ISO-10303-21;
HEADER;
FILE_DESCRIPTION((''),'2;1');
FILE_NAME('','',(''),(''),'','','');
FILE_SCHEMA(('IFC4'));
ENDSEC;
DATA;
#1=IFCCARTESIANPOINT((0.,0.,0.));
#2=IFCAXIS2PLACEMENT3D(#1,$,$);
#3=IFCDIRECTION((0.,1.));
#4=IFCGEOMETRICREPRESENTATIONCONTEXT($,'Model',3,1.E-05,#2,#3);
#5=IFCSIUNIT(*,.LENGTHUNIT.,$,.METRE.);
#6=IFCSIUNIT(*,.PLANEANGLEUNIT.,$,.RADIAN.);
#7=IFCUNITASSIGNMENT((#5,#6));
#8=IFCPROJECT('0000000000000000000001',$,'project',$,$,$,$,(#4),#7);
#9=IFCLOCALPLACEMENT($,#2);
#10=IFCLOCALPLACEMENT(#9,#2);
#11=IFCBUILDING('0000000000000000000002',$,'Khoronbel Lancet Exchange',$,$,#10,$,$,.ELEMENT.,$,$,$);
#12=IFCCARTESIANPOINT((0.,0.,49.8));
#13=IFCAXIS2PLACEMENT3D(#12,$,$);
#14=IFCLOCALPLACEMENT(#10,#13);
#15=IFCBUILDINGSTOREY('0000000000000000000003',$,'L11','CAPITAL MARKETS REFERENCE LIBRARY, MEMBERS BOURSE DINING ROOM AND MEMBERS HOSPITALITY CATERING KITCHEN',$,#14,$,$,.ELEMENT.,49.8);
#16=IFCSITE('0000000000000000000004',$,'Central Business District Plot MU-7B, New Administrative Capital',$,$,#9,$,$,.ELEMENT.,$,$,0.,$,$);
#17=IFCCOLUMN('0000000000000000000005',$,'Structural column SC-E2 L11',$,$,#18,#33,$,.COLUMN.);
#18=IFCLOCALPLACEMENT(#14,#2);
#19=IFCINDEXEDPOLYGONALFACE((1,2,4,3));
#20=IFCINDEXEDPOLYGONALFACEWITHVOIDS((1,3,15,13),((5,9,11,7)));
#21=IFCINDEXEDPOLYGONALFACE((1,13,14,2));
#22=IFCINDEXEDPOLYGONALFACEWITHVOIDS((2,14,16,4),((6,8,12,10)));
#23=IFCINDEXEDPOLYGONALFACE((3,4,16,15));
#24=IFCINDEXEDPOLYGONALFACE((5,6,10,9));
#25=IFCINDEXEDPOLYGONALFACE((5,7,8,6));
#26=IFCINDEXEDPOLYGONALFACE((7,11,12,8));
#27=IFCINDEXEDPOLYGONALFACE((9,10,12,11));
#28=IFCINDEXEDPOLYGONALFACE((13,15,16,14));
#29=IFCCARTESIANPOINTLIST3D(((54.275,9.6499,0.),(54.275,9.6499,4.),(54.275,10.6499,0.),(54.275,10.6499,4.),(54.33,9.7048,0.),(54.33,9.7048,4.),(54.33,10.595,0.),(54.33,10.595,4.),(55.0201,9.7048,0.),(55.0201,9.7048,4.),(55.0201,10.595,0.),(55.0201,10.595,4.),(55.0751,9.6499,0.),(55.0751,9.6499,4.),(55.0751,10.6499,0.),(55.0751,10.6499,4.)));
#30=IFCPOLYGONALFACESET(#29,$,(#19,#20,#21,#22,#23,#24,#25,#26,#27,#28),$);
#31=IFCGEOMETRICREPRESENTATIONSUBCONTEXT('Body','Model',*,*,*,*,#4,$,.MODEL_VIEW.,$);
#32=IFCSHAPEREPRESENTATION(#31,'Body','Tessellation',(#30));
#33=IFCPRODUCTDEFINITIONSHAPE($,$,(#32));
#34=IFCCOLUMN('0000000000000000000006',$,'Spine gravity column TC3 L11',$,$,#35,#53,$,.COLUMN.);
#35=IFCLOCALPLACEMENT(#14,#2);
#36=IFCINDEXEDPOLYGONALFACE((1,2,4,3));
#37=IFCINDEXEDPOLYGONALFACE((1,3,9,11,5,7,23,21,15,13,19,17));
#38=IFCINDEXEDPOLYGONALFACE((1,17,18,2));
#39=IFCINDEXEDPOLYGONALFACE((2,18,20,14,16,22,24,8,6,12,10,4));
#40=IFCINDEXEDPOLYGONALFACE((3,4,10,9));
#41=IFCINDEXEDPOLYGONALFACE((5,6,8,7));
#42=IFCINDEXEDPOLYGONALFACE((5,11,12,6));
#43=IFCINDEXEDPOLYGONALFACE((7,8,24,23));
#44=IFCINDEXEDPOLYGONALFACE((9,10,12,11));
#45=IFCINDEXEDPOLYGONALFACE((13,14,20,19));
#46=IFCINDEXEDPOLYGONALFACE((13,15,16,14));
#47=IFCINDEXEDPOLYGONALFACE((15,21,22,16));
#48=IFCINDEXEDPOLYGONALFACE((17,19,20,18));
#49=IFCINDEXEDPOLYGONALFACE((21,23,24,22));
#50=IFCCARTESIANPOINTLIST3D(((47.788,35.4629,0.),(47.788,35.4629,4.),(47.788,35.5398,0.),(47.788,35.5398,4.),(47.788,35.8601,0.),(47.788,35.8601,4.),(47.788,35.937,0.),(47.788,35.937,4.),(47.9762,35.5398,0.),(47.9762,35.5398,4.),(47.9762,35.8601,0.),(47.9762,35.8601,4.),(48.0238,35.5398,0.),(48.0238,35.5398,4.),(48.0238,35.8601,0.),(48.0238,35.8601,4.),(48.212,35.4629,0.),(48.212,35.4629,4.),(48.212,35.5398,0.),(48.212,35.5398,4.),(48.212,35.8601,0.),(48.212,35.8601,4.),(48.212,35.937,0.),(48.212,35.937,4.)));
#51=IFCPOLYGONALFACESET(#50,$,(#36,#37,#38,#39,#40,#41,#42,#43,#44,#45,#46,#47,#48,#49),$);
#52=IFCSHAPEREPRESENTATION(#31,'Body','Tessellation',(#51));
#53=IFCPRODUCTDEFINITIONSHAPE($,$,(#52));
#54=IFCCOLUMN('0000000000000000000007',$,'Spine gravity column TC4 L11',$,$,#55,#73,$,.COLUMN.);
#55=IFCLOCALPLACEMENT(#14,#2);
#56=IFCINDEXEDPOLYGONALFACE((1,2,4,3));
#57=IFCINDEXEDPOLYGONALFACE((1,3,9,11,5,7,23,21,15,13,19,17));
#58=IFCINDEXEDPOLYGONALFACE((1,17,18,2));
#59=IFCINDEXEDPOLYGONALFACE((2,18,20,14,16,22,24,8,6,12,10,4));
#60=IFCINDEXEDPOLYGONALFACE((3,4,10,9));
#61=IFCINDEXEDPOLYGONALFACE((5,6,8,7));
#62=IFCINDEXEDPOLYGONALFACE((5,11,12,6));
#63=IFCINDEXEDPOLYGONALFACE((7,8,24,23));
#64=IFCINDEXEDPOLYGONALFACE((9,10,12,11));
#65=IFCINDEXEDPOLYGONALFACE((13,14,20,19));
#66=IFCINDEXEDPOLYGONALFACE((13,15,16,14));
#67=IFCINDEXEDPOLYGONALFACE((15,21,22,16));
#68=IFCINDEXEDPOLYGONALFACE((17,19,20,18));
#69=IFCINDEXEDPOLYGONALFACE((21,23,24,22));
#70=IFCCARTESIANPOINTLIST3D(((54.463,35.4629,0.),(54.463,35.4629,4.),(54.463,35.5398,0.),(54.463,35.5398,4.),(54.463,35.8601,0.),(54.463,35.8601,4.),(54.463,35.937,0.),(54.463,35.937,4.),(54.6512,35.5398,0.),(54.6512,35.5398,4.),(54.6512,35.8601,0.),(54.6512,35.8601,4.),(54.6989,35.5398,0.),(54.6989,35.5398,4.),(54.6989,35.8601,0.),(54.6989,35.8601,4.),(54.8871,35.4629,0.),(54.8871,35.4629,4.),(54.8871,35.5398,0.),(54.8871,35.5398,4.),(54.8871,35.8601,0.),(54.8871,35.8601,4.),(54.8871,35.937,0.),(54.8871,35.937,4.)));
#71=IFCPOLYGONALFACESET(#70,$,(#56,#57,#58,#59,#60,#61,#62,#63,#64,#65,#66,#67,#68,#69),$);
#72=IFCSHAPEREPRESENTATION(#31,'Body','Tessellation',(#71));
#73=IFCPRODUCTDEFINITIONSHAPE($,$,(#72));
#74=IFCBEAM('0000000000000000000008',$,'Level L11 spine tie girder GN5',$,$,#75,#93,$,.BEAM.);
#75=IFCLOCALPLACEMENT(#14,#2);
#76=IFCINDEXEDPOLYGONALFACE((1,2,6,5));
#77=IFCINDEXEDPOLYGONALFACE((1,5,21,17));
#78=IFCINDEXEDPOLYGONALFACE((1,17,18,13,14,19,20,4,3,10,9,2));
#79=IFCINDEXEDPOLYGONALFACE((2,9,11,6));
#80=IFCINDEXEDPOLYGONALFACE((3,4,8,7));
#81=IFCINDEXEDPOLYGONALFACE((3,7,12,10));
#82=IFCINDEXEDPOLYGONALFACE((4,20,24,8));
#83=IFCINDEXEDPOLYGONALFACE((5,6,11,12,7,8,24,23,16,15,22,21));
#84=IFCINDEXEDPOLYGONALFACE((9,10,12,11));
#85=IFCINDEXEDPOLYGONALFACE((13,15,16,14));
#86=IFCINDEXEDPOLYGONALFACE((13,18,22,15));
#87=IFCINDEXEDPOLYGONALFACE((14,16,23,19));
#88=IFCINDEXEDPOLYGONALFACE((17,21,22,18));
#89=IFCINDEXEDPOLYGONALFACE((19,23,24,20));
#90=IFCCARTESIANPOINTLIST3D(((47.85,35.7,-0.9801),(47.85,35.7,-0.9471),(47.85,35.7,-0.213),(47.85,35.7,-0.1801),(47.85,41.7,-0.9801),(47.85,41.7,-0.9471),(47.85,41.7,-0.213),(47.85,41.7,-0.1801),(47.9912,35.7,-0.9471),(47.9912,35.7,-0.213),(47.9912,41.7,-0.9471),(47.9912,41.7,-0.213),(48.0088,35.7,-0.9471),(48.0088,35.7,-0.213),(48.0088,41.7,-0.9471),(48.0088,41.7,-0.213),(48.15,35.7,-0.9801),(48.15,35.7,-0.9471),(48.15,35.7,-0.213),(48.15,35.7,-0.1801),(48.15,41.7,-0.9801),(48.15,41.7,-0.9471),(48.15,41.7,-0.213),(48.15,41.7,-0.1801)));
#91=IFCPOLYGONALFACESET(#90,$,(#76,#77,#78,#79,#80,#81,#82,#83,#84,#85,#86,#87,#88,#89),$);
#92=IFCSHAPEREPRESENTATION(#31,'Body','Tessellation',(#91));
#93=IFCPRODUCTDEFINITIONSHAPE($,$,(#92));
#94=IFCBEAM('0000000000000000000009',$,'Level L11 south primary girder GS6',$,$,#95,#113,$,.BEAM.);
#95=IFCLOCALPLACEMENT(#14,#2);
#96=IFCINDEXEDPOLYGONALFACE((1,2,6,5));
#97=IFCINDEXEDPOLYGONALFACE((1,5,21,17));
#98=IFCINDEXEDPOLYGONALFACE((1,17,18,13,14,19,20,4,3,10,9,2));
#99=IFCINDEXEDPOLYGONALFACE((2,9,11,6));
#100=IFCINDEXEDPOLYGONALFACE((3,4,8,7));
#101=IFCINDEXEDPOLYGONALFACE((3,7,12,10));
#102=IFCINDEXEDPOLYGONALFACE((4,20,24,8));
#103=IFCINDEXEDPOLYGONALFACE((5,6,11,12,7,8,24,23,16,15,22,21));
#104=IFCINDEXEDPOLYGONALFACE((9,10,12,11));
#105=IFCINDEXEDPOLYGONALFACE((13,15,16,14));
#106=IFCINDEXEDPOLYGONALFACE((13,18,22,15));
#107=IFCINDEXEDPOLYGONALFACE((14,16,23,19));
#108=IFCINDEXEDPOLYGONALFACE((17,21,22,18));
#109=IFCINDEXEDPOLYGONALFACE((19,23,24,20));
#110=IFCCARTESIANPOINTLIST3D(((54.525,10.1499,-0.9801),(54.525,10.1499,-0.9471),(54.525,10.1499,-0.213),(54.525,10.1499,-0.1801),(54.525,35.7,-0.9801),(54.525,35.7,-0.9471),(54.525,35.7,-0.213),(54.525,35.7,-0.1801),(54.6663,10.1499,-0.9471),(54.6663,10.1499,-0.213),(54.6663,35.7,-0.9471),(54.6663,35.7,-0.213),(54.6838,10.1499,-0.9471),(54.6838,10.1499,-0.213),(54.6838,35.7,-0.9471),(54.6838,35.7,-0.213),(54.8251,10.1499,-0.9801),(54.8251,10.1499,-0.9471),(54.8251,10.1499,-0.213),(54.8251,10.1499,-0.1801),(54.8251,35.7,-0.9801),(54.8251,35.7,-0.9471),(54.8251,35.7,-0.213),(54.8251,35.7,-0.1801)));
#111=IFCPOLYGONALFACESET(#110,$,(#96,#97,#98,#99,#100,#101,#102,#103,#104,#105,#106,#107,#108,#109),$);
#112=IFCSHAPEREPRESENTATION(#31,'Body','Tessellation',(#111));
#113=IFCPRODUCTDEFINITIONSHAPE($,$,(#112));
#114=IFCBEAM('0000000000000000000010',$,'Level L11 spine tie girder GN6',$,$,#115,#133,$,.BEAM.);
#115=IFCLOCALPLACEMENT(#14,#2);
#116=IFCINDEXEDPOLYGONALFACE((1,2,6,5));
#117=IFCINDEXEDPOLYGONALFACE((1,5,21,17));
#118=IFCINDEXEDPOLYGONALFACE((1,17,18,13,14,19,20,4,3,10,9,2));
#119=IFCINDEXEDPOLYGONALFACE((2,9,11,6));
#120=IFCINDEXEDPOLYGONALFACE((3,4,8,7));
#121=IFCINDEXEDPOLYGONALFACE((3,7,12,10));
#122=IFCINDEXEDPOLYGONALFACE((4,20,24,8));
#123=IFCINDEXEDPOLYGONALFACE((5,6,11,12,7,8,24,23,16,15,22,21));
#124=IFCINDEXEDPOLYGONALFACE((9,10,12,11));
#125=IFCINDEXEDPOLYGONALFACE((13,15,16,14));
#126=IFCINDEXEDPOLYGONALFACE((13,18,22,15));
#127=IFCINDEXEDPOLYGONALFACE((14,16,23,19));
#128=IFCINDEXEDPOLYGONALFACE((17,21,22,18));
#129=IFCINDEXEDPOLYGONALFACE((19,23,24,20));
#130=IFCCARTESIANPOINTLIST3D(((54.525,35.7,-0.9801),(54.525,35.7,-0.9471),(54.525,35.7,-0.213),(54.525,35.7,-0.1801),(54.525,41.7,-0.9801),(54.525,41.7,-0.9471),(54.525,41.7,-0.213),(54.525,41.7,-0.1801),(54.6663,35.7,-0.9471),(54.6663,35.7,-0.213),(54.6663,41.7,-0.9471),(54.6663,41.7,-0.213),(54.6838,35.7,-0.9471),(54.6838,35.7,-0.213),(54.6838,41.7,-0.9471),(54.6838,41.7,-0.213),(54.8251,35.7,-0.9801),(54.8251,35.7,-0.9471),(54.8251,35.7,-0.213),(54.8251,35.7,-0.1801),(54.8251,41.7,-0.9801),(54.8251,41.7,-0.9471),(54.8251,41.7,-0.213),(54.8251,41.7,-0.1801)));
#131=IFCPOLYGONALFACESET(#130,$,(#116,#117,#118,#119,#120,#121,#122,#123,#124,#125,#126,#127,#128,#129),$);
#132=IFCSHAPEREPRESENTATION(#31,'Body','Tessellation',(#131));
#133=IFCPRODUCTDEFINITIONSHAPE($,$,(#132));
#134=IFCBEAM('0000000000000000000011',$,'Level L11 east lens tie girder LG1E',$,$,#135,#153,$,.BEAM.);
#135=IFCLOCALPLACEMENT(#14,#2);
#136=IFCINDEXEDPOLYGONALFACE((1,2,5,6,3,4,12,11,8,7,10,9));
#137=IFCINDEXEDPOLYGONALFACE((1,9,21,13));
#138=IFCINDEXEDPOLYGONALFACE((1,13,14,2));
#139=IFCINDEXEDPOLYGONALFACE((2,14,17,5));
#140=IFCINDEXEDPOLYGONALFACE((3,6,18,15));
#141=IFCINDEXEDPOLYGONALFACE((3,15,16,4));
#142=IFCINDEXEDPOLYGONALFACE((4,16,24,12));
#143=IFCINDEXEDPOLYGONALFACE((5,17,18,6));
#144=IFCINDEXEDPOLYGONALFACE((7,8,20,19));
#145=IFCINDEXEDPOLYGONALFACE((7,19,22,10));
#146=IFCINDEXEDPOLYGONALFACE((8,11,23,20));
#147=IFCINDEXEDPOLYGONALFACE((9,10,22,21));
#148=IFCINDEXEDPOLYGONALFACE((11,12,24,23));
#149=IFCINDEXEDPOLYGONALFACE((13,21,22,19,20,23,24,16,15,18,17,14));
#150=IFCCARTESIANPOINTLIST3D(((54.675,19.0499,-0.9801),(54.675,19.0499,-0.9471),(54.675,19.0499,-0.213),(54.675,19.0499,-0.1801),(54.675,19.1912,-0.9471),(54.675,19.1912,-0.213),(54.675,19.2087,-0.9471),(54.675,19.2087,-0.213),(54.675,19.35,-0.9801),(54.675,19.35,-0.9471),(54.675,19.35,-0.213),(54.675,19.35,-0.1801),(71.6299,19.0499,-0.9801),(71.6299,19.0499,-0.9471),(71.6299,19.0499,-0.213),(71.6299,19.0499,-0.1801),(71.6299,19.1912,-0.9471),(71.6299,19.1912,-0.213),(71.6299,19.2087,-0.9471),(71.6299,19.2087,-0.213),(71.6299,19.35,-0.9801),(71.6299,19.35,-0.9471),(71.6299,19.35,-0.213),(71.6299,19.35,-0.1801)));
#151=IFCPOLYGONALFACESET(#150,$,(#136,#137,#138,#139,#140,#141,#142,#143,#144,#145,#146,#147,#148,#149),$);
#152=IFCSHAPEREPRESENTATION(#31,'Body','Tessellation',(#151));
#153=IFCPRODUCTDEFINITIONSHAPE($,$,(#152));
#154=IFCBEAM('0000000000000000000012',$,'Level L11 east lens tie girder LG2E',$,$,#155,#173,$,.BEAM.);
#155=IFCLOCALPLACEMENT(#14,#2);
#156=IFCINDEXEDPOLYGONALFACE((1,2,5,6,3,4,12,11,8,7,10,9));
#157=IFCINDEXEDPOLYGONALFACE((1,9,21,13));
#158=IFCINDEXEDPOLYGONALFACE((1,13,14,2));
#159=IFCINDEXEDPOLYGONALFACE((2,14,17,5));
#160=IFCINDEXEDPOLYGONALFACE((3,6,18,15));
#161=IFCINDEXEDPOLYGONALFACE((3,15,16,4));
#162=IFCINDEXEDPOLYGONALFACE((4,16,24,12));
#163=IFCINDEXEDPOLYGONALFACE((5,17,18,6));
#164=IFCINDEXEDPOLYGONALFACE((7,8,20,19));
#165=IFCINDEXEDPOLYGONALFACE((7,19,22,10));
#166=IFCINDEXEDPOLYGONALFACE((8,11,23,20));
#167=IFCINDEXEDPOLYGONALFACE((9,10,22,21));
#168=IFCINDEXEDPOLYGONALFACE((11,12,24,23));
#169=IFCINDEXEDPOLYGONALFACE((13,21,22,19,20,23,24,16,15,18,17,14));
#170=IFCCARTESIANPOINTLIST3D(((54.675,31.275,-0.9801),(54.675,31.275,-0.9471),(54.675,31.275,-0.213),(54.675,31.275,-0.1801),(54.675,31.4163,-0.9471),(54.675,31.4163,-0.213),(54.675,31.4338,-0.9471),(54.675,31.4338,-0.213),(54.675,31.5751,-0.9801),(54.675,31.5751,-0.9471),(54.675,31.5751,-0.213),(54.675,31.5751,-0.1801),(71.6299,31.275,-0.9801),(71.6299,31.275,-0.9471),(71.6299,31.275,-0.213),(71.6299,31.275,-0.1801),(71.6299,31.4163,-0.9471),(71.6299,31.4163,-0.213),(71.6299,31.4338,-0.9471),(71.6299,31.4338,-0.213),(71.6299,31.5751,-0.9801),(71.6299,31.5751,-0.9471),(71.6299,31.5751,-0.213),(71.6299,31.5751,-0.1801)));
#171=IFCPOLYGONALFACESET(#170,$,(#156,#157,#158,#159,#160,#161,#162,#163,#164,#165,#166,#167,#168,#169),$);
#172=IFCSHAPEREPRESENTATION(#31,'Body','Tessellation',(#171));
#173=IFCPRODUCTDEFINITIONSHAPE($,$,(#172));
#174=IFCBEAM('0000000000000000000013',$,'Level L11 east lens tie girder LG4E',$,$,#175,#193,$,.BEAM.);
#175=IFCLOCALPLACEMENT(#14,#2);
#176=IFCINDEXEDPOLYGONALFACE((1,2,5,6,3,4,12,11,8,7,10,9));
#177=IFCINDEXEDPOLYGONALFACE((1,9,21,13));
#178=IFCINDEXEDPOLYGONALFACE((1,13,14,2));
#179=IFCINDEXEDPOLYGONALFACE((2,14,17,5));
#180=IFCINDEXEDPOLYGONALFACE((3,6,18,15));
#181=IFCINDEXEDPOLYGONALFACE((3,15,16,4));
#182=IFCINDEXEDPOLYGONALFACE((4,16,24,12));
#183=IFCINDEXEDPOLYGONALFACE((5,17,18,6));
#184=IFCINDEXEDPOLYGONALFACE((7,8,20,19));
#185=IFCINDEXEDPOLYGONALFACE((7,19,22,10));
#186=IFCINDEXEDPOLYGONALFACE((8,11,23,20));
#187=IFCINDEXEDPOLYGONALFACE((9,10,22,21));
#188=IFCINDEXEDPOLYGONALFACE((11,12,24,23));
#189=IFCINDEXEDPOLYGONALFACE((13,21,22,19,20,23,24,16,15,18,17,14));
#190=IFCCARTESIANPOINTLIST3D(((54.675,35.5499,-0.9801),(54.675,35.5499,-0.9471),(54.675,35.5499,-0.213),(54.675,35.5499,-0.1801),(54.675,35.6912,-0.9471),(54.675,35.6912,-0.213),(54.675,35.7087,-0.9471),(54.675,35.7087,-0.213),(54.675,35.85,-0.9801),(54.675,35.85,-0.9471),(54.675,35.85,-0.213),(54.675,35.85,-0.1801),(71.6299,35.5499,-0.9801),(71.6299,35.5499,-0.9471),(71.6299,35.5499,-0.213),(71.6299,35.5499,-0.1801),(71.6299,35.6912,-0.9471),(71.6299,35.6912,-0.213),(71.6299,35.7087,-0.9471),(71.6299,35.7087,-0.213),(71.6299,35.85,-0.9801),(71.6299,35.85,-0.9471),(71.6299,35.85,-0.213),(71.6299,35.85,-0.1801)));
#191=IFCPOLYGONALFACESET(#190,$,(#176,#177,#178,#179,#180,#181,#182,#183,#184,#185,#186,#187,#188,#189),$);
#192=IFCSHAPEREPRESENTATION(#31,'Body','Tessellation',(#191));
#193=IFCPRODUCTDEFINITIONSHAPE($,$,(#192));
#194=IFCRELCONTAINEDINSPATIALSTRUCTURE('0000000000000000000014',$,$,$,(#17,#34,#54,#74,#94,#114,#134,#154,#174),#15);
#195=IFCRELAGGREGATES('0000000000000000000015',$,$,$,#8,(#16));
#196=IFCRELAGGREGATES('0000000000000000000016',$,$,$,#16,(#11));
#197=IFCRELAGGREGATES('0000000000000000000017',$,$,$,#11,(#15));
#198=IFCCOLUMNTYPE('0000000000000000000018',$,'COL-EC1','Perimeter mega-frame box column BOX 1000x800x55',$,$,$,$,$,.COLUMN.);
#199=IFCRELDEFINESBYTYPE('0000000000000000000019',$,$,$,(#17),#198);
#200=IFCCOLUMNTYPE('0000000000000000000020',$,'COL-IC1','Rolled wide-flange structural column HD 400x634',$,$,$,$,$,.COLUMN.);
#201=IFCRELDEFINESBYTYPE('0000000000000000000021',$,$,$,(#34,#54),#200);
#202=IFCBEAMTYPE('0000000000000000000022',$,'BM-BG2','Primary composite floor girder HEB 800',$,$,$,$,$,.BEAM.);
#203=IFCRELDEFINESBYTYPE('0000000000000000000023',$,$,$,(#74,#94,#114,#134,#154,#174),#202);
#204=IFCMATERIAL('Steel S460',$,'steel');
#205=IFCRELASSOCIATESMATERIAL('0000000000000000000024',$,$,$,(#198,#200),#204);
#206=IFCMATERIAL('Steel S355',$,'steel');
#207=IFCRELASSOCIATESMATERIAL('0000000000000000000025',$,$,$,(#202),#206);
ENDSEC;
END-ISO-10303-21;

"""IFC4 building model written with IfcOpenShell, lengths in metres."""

from ifc_helpers import new_model, si_unit, direction, frame, origin, origin_2d, place, context, subcontext, project, spatial, hollow_rectangle, i_section, extrude, material, material_profile, profile_set, type_object, element, save


model = new_model("IFC4")

# Units and contexts
model_context = context("Model", 3, precision=1e-05, world=origin(), true_north=direction((0.0, 1.0)))
body_context = subcontext(model_context, "Body", "Model", "MODEL_VIEW")
ifc_project = project(units=[si_unit("LENGTHUNIT", "METRE"), si_unit("PLANEANGLEUNIT", "RADIAN")], contexts=[model_context])

# Site, building, storey
site_placement = place(None, origin())
site = spatial("IfcSite", under=ifc_project, at=site_placement, Name="Central Business District Plot MU-7B, New Administrative Capital", CompositionType="ELEMENT", RefElevation=0.0)
building_placement = place(site_placement, origin())
building = spatial("IfcBuilding", under=site, at=building_placement, Name="Khoronbel Lancet Exchange", CompositionType="ELEMENT")
storey_placement = place(building_placement, frame((0.0, 0.0, 49.8)))
storey = spatial("IfcBuildingStorey", under=building, at=storey_placement, Name="L11", Description="CAPITAL MARKETS REFERENCE LIBRARY, MEMBERS BOURSE DINING ROOM AND MEMBERS HOSPITALITY CATERING KITCHEN", CompositionType="ELEMENT", Elevation=49.8)

# Columns
ifc_material_1 = material(Name="Steel S460", Category="steel")
ifc_material_profile_1 = material_profile(ifc_material_1, hollow_rectangle(XDim=0.8, YDim=1.0, WallThickness=0.0549, at=origin_2d()), Name="BOX 1000x800x55")
ifc_profile_set_1 = profile_set([ifc_material_profile_1], Name="Steel S460")
column_type_1 = type_object("IfcColumnType", Name="COL-EC1", Description="Perimeter mega-frame box column BOX 1000x800x55", PredefinedType="COLUMN", material=ifc_profile_set_1)
column_placement = place(storey_placement, frame((54.675, 10.1499, 0.0), z_axis=(0.0, 0.0, 1.0), x_axis=(1.0, 0.0, 0.0)))
element("IfcColumn", 1, at=column_placement, inside=storey, type_object=column_type_1, Name="Structural column SC-E2 L11", PredefinedType="COLUMN", context=body_context, shape_type="SweptSolid", body=[
    extrude(hollow_rectangle(XDim=0.8, YDim=1.0, WallThickness=0.0549, at=origin_2d()), origin(), (0.0, 0.0, 1.0), 4.0),
])
ifc_material_profile_2 = material_profile(ifc_material_1, i_section(OverallWidth=0.4241, OverallDepth=0.4741, WebThickness=0.0476, FlangeThickness=0.0769, at=origin_2d()), Name="HD 400x634")
ifc_profile_set_2 = profile_set([ifc_material_profile_2], Name="Steel S460")
column_type_2 = type_object("IfcColumnType", Name="COL-IC1", Description="Rolled wide-flange structural column HD 400x634", PredefinedType="COLUMN", material=ifc_profile_set_2)
for number, where, z_axis, x_axis, name in (
    (2, (48.0, 35.7, 0.0), (0.0, 0.0, 1.0), (1.0, 0.0, 0.0), "Spine gravity column TC3 L11"),
    (3, (54.675, 35.7, 0.0), (0.0, 0.0, 1.0), (1.0, 0.0, 0.0), "Spine gravity column TC4 L11"),
):
    element("IfcColumn", number, at=place(storey_placement, frame(where, z_axis=z_axis, x_axis=x_axis)), inside=storey, type_object=column_type_2, Name=name, PredefinedType="COLUMN", context=body_context, shape_type="SweptSolid", body=[
        extrude(i_section(OverallWidth=0.4241, OverallDepth=0.4741, WebThickness=0.0476, FlangeThickness=0.0769, at=origin_2d()), origin(), (0.0, 0.0, 1.0), 4.0),
    ])

# Beams
ifc_material_2 = material(Name="Steel S355", Category="steel")
ifc_material_profile_3 = material_profile(ifc_material_2, i_section(OverallWidth=0.3, OverallDepth=0.8, WebThickness=0.0176, FlangeThickness=0.033, at=origin_2d()), Name="HEB 800")
ifc_profile_set_3 = profile_set([ifc_material_profile_3], Name="Steel S355")
beam_type_1 = type_object("IfcBeamType", Name="BM-BG2", Description="Primary composite floor girder HEB 800", PredefinedType="BEAM", material=ifc_profile_set_3)
beam_1_placement = place(storey_placement, frame((48.0, 35.7, -0.5801), z_axis=(0.0, 1.0, 0.0), x_axis=(-1.0, 0.0, 0.0)))
element("IfcBeam", 4, at=beam_1_placement, inside=storey, type_object=beam_type_1, Name="Level L11 spine tie girder GN5", PredefinedType="BEAM", context=body_context, shape_type="SweptSolid", body=[
    extrude(i_section(OverallWidth=0.3, OverallDepth=0.8, WebThickness=0.0176, FlangeThickness=0.033, at=origin_2d()), origin(), (0.0, 0.0, 1.0), 6.0),
])
beam_2_placement = place(storey_placement, frame((54.675, 10.1499, -0.5801), z_axis=(0.0, 1.0, 0.0), x_axis=(-1.0, 0.0, 0.0)))
element("IfcBeam", 5, at=beam_2_placement, inside=storey, type_object=beam_type_1, Name="Level L11 south primary girder GS6", PredefinedType="BEAM", context=body_context, shape_type="SweptSolid", body=[
    extrude(i_section(OverallWidth=0.3, OverallDepth=0.8, WebThickness=0.0176, FlangeThickness=0.033, at=origin_2d()), origin(), (0.0, 0.0, 1.0), 25.55),
])
beam_3_placement = place(storey_placement, frame((54.675, 35.7, -0.5801), z_axis=(0.0, 1.0, 0.0), x_axis=(-1.0, 0.0, 0.0)))
element("IfcBeam", 6, at=beam_3_placement, inside=storey, type_object=beam_type_1, Name="Level L11 spine tie girder GN6", PredefinedType="BEAM", context=body_context, shape_type="SweptSolid", body=[
    extrude(i_section(OverallWidth=0.3, OverallDepth=0.8, WebThickness=0.0176, FlangeThickness=0.033, at=origin_2d()), origin(), (0.0, 0.0, 1.0), 6.0),
])
for number, where, z_axis, x_axis, name in (
    (7, (54.675, 19.2, -0.5801), (1.0, 0.0, 0.0), (0.0, 1.0, 0.0), "Level L11 east lens tie girder LG1E"),
    (8, (54.675, 31.425, -0.5801), (1.0, 0.0, 0.0), (0.0, 1.0, 0.0), "Level L11 east lens tie girder LG2E"),
    (9, (54.675, 35.7, -0.5801), (1.0, 0.0, 0.0), (0.0, 1.0, 0.0), "Level L11 east lens tie girder LG4E"),
):
    element("IfcBeam", number, at=place(storey_placement, frame(where, z_axis=z_axis, x_axis=x_axis)), inside=storey, type_object=beam_type_1, Name=name, PredefinedType="BEAM", context=body_context, shape_type="SweptSolid", body=[
        extrude(i_section(OverallWidth=0.3, OverallDepth=0.8, WebThickness=0.0176, FlangeThickness=0.033, at=origin_2d()), origin(), (0.0, 0.0, 1.0), 16.9548),
    ])

save(model, "model.ifc")
